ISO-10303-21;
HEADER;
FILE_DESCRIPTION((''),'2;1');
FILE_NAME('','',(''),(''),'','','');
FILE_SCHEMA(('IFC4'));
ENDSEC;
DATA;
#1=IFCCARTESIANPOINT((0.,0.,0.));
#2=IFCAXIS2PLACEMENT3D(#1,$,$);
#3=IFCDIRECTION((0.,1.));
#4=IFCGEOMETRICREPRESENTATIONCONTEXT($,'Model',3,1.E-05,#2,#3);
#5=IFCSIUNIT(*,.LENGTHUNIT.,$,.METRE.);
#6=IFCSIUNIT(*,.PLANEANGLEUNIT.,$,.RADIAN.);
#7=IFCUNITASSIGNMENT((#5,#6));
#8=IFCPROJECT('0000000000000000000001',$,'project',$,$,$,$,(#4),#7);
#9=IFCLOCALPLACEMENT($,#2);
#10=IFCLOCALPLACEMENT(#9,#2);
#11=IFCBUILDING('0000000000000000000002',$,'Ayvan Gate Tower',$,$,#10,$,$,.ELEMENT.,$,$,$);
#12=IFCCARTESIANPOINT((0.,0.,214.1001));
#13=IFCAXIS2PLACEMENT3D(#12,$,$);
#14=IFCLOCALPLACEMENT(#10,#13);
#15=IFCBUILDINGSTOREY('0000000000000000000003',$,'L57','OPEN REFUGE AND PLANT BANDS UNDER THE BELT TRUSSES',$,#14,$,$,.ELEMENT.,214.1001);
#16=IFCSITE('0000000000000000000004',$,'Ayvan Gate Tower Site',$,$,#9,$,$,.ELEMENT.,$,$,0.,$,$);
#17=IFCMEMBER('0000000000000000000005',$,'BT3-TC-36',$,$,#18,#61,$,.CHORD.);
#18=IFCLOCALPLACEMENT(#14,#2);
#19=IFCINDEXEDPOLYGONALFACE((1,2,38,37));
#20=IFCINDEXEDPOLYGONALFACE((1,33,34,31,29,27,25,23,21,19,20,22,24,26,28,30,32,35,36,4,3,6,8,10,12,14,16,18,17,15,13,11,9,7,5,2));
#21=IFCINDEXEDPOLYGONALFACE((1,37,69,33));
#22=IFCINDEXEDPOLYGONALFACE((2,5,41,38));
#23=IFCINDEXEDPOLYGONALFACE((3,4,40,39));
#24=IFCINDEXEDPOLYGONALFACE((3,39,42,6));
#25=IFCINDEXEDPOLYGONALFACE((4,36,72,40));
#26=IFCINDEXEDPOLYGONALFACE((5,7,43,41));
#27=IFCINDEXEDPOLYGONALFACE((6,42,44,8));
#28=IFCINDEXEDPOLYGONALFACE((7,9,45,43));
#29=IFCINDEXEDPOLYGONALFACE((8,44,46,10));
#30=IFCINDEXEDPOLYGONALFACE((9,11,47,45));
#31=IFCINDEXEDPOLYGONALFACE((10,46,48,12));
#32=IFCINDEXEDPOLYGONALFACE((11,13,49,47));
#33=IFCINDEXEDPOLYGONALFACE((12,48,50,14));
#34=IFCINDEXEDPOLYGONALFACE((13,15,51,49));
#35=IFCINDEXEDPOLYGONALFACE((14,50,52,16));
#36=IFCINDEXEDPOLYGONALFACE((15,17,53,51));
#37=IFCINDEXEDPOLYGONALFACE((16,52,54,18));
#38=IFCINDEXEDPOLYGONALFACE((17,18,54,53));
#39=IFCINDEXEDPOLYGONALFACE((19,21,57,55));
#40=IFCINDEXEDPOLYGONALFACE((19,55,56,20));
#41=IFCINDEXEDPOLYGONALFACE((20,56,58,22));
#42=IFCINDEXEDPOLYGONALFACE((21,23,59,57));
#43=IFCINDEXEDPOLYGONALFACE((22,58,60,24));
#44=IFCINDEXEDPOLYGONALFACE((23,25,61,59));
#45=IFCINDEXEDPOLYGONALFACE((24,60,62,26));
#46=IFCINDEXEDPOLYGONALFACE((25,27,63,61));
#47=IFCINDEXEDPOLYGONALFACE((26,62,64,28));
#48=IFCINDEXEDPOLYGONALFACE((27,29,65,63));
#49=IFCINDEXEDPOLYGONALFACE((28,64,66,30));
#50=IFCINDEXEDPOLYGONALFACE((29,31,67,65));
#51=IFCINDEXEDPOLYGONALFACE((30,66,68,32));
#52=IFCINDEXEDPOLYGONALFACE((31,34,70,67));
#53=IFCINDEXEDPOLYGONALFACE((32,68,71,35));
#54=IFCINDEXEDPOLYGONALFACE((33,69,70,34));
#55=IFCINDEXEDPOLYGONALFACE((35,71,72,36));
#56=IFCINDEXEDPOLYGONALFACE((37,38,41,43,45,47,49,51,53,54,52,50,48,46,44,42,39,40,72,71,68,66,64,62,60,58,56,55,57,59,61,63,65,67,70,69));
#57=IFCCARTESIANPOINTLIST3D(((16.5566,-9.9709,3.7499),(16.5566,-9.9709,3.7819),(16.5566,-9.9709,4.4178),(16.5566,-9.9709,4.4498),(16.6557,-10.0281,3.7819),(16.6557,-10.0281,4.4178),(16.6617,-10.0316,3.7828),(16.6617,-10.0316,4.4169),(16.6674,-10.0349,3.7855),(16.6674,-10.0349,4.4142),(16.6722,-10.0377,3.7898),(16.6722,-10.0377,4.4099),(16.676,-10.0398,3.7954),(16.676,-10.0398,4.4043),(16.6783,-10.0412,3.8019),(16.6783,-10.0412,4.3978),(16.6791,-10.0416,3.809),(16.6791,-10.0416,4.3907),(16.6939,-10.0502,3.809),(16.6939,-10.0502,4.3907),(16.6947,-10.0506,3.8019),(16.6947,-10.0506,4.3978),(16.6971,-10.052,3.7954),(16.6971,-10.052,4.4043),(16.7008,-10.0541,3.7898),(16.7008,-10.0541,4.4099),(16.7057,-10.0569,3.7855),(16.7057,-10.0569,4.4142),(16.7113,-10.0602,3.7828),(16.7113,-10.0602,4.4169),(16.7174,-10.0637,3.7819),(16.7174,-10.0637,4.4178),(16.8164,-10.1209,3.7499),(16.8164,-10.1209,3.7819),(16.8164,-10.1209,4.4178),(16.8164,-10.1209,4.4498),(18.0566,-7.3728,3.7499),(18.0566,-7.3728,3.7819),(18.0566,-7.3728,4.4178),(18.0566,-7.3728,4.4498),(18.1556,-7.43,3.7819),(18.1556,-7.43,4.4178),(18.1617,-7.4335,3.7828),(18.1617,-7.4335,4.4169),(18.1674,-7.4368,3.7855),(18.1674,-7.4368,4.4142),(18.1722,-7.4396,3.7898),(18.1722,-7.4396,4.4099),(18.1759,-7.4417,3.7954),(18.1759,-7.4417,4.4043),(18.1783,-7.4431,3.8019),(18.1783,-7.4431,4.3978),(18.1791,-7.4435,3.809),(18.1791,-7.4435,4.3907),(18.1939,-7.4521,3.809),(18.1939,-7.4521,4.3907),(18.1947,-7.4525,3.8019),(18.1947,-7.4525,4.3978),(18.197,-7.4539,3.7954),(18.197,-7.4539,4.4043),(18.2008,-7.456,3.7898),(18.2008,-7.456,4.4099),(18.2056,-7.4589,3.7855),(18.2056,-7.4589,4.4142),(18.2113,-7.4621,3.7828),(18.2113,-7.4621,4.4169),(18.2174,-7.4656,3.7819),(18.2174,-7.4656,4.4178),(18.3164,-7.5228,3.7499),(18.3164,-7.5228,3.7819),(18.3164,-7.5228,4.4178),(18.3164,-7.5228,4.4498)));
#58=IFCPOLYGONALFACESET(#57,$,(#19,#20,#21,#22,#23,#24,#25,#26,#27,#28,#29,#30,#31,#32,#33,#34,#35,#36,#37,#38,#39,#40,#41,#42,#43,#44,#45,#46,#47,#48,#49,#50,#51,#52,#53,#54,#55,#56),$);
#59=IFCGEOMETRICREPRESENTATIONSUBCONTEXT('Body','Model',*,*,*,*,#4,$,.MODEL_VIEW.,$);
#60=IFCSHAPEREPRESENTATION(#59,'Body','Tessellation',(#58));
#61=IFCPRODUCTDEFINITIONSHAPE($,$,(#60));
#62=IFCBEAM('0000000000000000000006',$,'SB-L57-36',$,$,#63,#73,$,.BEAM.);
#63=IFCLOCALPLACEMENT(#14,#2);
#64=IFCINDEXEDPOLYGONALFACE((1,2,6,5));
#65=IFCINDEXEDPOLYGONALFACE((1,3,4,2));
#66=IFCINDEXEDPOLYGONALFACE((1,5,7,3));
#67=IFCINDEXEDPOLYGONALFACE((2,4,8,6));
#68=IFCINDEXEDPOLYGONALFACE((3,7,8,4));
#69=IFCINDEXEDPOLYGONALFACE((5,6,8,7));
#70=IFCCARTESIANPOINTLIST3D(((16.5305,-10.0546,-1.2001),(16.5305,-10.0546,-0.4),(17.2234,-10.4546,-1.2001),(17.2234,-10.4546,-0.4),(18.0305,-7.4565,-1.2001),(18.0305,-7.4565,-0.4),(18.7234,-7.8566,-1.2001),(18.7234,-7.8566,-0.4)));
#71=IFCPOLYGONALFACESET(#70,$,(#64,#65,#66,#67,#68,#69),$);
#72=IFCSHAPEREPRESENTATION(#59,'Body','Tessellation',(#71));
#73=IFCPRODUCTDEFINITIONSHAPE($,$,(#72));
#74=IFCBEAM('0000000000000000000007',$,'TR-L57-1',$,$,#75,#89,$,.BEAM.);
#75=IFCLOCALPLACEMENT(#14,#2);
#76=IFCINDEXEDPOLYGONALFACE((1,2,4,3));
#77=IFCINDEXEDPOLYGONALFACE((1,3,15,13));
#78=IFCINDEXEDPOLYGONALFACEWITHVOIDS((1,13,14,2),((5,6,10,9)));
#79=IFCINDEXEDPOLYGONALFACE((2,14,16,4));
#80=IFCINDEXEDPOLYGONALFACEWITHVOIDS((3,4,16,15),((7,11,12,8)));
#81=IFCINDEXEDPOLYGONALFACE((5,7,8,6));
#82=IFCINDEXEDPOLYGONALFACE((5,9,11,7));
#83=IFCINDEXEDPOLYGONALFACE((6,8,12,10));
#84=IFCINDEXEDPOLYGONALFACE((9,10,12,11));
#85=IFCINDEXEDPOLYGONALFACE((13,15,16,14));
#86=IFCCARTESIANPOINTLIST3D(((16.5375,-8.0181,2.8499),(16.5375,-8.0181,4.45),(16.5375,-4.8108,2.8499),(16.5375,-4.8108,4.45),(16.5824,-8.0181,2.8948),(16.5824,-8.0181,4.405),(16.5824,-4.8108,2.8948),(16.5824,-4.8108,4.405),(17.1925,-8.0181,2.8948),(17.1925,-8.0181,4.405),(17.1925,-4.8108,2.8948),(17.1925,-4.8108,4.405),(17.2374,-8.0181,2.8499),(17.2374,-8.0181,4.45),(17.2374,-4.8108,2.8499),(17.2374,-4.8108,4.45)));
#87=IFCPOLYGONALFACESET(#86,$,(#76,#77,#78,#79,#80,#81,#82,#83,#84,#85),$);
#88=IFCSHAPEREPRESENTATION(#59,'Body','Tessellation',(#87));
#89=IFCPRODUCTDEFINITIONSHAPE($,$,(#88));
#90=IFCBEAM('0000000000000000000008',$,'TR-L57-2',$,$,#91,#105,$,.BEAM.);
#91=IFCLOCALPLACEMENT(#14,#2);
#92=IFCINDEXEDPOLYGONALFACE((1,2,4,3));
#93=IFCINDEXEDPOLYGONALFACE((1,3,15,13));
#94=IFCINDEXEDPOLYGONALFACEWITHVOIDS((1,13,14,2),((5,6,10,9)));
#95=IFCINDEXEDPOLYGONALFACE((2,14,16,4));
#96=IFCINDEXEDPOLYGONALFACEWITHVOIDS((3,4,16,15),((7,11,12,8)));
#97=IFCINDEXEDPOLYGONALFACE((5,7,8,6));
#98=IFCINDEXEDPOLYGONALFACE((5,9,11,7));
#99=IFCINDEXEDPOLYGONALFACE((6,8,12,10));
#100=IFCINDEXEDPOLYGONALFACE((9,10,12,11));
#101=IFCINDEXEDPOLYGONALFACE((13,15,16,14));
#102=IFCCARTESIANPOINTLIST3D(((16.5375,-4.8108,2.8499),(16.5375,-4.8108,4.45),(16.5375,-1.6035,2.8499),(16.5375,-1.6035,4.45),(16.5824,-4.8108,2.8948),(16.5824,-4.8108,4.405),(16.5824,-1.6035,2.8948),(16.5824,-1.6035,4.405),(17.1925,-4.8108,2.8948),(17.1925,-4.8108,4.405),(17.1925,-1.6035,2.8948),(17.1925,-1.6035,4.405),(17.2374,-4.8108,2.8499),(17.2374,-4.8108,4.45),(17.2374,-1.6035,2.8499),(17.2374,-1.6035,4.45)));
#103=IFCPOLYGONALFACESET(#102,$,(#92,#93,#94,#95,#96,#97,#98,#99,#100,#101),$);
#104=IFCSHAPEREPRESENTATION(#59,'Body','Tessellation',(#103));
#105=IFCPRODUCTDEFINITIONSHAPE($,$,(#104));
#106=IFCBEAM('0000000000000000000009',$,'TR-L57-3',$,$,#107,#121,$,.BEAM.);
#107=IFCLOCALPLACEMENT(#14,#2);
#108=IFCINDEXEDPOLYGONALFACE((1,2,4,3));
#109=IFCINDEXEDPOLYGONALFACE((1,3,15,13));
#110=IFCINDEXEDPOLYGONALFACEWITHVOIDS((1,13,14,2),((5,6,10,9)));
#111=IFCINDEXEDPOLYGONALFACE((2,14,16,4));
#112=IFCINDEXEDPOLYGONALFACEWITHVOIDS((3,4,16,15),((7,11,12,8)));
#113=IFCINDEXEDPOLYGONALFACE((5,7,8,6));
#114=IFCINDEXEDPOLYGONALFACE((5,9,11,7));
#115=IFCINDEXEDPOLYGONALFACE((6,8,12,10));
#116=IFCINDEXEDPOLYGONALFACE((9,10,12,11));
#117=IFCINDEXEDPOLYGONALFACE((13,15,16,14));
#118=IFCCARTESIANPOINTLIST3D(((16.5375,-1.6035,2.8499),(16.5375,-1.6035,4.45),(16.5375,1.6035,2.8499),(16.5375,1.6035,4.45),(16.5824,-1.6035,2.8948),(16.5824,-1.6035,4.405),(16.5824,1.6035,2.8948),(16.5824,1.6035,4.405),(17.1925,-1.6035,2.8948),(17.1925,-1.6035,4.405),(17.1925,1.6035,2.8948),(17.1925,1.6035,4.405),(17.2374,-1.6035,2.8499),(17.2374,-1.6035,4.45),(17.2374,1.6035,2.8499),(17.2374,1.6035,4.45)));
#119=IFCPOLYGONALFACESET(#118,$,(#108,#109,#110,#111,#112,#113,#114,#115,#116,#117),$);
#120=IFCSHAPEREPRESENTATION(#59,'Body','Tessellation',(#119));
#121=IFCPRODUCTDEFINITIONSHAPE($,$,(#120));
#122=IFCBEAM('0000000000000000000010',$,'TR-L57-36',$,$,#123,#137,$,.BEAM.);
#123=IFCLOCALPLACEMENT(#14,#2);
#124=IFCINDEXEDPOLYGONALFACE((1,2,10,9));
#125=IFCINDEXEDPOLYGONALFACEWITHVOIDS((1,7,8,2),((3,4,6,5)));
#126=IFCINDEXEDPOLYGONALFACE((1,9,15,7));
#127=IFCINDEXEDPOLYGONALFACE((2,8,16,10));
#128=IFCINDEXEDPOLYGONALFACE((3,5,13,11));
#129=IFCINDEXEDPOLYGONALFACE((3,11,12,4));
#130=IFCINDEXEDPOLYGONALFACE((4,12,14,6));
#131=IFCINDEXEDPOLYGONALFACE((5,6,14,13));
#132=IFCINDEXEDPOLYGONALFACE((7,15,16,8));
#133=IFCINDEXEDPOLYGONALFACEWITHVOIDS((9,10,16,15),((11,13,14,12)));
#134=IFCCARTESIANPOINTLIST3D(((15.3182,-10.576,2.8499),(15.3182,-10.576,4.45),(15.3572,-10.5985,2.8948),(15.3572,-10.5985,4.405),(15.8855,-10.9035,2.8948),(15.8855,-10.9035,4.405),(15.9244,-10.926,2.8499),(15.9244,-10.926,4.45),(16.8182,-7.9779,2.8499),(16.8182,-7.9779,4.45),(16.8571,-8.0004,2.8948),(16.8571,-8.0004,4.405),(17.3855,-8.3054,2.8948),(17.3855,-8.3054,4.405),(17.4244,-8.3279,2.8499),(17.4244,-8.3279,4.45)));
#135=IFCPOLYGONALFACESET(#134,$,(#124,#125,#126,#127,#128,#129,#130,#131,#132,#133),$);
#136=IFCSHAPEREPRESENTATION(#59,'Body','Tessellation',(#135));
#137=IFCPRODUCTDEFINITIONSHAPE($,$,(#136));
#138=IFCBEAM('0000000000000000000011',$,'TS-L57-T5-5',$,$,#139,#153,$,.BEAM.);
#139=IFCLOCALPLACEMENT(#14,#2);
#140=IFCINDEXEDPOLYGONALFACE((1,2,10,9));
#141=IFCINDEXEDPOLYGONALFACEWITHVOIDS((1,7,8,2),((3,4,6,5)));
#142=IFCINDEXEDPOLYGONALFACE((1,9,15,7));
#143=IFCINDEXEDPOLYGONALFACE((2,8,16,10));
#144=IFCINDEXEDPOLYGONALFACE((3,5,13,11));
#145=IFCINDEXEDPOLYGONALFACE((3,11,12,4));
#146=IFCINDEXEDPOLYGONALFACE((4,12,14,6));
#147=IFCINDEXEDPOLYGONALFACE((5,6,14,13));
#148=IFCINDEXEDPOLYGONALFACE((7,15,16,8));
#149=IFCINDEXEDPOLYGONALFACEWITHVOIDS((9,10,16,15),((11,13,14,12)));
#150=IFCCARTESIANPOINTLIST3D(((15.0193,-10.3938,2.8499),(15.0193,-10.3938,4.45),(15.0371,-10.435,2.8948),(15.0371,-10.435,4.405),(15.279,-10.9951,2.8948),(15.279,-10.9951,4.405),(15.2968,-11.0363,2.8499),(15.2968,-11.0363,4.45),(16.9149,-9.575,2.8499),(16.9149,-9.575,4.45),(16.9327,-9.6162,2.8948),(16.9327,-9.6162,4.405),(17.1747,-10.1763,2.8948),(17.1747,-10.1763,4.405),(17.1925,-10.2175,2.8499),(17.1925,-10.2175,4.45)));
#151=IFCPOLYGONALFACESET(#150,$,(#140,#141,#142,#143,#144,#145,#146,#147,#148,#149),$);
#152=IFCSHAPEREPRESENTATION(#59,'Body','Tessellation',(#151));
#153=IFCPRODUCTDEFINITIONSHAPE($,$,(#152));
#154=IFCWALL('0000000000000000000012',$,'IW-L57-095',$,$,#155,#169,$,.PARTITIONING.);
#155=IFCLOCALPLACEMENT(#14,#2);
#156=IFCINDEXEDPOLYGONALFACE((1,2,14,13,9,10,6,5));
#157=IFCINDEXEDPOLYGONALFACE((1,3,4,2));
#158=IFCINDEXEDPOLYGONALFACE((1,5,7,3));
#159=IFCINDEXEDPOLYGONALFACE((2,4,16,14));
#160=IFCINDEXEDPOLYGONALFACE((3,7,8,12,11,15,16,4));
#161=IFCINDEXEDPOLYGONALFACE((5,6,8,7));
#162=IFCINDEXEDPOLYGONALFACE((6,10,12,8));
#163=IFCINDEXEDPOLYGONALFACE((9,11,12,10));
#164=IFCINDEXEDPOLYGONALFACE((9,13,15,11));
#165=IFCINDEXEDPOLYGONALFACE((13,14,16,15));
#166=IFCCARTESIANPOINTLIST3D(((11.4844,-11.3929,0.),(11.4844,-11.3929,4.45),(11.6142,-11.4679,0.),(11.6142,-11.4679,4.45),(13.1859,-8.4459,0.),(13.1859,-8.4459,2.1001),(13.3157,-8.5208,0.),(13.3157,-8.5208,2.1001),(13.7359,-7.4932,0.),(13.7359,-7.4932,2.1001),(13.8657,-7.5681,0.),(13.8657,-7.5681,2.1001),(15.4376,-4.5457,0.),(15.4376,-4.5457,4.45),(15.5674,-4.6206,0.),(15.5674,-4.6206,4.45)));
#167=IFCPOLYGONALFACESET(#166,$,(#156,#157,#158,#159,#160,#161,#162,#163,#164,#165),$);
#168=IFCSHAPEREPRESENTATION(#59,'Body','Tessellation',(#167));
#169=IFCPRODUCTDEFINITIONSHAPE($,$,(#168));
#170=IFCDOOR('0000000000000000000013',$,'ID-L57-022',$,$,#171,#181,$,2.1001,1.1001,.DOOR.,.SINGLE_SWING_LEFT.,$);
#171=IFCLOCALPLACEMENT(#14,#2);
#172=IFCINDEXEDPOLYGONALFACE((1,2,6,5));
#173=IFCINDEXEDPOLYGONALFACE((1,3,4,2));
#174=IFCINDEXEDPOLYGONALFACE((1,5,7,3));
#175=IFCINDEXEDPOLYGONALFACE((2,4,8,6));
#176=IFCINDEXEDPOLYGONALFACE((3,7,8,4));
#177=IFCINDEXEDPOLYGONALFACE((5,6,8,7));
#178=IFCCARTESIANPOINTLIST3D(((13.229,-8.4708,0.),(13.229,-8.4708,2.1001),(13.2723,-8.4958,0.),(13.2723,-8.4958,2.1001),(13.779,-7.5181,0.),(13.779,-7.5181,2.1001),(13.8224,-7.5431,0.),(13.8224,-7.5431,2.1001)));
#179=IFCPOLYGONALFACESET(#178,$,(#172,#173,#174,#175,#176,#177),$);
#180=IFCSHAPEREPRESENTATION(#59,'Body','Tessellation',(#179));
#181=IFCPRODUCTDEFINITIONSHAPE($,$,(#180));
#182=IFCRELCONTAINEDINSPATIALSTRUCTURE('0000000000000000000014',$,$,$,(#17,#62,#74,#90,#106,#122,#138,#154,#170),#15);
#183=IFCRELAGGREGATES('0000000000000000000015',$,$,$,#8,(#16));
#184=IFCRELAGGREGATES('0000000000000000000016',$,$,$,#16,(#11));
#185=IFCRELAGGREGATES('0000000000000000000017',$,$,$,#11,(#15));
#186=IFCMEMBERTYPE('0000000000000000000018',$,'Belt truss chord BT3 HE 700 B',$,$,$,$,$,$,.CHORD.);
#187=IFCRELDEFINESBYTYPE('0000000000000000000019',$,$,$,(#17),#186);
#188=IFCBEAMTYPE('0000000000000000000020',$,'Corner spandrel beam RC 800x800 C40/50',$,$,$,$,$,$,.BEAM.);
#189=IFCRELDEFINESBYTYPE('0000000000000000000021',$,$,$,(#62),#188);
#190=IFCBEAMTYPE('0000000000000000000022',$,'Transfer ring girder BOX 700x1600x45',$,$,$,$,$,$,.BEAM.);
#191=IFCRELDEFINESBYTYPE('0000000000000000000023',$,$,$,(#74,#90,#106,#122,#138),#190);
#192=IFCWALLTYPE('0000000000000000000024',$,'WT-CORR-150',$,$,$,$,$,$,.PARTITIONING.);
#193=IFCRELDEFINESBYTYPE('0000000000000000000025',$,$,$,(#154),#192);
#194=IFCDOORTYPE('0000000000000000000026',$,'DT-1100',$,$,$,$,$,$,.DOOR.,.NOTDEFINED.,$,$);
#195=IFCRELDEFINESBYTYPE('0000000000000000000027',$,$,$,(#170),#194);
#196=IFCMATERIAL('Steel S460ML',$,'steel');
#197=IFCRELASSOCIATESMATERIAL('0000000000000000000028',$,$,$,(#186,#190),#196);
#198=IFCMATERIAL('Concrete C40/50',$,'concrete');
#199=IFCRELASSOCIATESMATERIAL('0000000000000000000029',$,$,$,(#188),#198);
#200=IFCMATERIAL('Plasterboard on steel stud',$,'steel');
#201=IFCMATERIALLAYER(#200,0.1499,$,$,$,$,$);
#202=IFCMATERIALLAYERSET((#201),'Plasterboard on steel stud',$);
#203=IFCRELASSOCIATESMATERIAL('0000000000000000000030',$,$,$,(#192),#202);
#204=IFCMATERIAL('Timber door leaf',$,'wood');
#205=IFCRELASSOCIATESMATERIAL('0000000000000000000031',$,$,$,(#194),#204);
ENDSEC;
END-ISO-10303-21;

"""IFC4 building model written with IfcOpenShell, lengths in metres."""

from ifc_helpers import new_model, si_unit, direction, frame, frame_2d, origin, origin_2d, place, context, subcontext, project, spatial, rectangle, hollow_rectangle, i_section, extrude, material, layer, layer_set, material_profile, profile_set, type_object, element, fill, save


model = new_model("IFC4")

# Units and contexts
model_context = context("Model", 3, precision=1e-05, world=origin(), true_north=direction((0.0, 1.0)))
body_context = subcontext(model_context, "Body", "Model", "MODEL_VIEW")
ifc_project = project(units=[si_unit("LENGTHUNIT", "METRE"), si_unit("PLANEANGLEUNIT", "RADIAN")], contexts=[model_context])

# Site, building, storey
site_placement = place(None, origin())
site = spatial("IfcSite", under=ifc_project, at=site_placement, Name="Ayvan Gate Tower Site", CompositionType="ELEMENT", RefElevation=0.0)
building_placement = place(site_placement, origin())
building = spatial("IfcBuilding", under=site, at=building_placement, Name="Ayvan Gate Tower", CompositionType="ELEMENT")
storey_placement = place(building_placement, frame((0.0, 0.0, 214.1001)))
storey = spatial("IfcBuildingStorey", under=building, at=storey_placement, Name="L57", Description="OPEN REFUGE AND PLANT BANDS UNDER THE BELT TRUSSES", CompositionType="ELEMENT", Elevation=214.1001)

# Member
ifc_material_1 = material(Name="Steel S460ML", Category="steel")
ifc_material_profile_1 = material_profile(ifc_material_1, i_section(OverallWidth=0.3, OverallDepth=0.7, WebThickness=0.0171, FlangeThickness=0.032, FilletRadius=0.0271, at=origin_2d()), Name="HE 700 B")
ifc_profile_set_1 = profile_set([ifc_material_profile_1], Name="Steel S460ML")
member_type_1 = type_object("IfcMemberType", Name="Belt truss chord BT3 HE 700 B", PredefinedType="CHORD", material=ifc_profile_set_1)
member_1_placement = place(storey_placement, frame((16.6865, -10.0459, 4.0999), z_axis=(0.49999, 0.866031, 0.0), x_axis=(-0.866031, 0.49999, 0.0)))
element("IfcMember", 1, at=member_1_placement, inside=storey, type_object=member_type_1, Name="BT3-TC-36", PredefinedType="CHORD", context=body_context, shape_type="SweptSolid", body=[
    extrude(i_section(OverallWidth=0.3, OverallDepth=0.7, WebThickness=0.0171, FlangeThickness=0.032, FilletRadius=0.0271, at=origin_2d()), origin(), (0.0, 0.0, 1.0), 3.0),
])

# Beams
ifc_material_2 = material(Name="Concrete C40/50", Category="concrete")
ifc_material_profile_2 = material_profile(ifc_material_2, rectangle(XDim=0.8, YDim=0.8, at=origin_2d()), Name="RC 800x800")
ifc_profile_set_2 = profile_set([ifc_material_profile_2], Name="Concrete C40/50")
beam_type_1 = type_object("IfcBeamType", Name="Corner spandrel beam RC 800x800 C40/50", PredefinedType="BEAM", material=ifc_profile_set_2)
beam_1_placement = place(storey_placement, frame((16.877, -10.2546, -0.8), z_axis=(0.49999, 0.866031, 0.0), x_axis=(-0.866031, 0.49999, 0.0)))
element("IfcBeam", 2, at=beam_1_placement, inside=storey, type_object=beam_type_1, Name="SB-L57-36", PredefinedType="BEAM", context=body_context, shape_type="SweptSolid", body=[
    extrude(rectangle(XDim=0.8, YDim=0.8, at=origin_2d()), origin(), (0.0, 0.0, 1.0), 3.0),
])
ifc_material_profile_3 = material_profile(ifc_material_1, hollow_rectangle(XDim=0.7, YDim=1.6001, WallThickness=0.0449, at=origin_2d()), Name="BOX 700x1600x45")
ifc_profile_set_3 = profile_set([ifc_material_profile_3], Name="Steel S460ML")
beam_type_2 = type_object("IfcBeamType", Name="Transfer ring girder BOX 700x1600x45", PredefinedType="BEAM", material=ifc_profile_set_3)
for number, where, z_axis, x_axis, name in (
    (3, (16.8875, -8.0181, 3.6499), (0.0, 1.0, 0.0), (-1.0, 0.0, 0.0), "TR-L57-1"),
    (4, (16.8875, -4.8108, 3.6499), (0.0, 1.0, 0.0), (-1.0, 0.0, 0.0), "TR-L57-2"),
):
    element("IfcBeam", number, at=place(storey_placement, frame(where, z_axis=z_axis, x_axis=x_axis)), inside=storey, type_object=beam_type_2, Name=name, PredefinedType="BEAM", context=body_context, shape_type="SweptSolid", body=[
        extrude(hollow_rectangle(XDim=0.7, YDim=1.6001, WallThickness=0.0449, at=origin_2d()), origin(), (0.0, 0.0, 1.0), 3.2073),
    ])
beam_2_placement = place(storey_placement, frame((16.8875, -1.6035, 3.6499), z_axis=(0.0, 1.0, 0.0), x_axis=(-1.0, 0.0, 0.0)))
element("IfcBeam", 5, at=beam_2_placement, inside=storey, type_object=beam_type_2, Name="TR-L57-3", PredefinedType="BEAM", context=body_context, shape_type="SweptSolid", body=[
    extrude(hollow_rectangle(XDim=0.7, YDim=1.6001, WallThickness=0.0449, at=origin_2d()), origin(), (0.0, 0.0, 1.0), 3.207),
])
beam_3_placement = place(storey_placement, frame((15.6213, -10.751, 3.6499), z_axis=(0.49999, 0.866031, 0.0), x_axis=(-0.866031, 0.49999, 0.0)))
element("IfcBeam", 6, at=beam_3_placement, inside=storey, type_object=beam_type_2, Name="TR-L57-36", PredefinedType="BEAM", context=body_context, shape_type="SweptSolid", body=[
    extrude(hollow_rectangle(XDim=0.7, YDim=1.6001, WallThickness=0.0449, at=origin_2d()), origin(), (0.0, 0.0, 1.0), 3.0),
])
beam_4_placement = place(storey_placement, frame((17.0537, -9.8962, 3.6499), z_axis=(-0.918022, -0.396529, 0.0), x_axis=(0.396529, -0.918022, 0.0)))
element("IfcBeam", 7, at=beam_4_placement, inside=storey, type_object=beam_type_2, Name="TS-L57-T5-5", PredefinedType="BEAM", context=body_context, shape_type="SweptSolid", body=[
    extrude(hollow_rectangle(XDim=0.7, YDim=1.6001, WallThickness=0.0449, at=origin_2d()), origin(), (0.0, 0.0, 1.0), 2.0649),
])

# Wall, opening, door
ifc_material_3 = material(Name="Plasterboard on steel stud", Category="steel")
ifc_layer_1 = layer(ifc_material_3, 0.1499)
ifc_layer_set_1 = layer_set([ifc_layer_1], Name="Plasterboard on steel stud")
wall_type_1 = type_object("IfcWallType", Name="WT-CORR-150", PredefinedType="PARTITIONING", material=ifc_layer_set_1)
wall_1_placement = place(storey_placement, frame((15.5024, -4.5833, 0.0), z_axis=(0.0, 0.0, 1.0), x_axis=(-0.499992, -0.86603, 0.0)))
wall_1 = element("IfcWall", 8, at=wall_1_placement, inside=storey, type_object=wall_type_1, Name="IW-L57-095", PredefinedType="PARTITIONING", context=body_context, shape_type="SweptSolid", body=[
    extrude(rectangle(XDim=7.9065, YDim=0.1499, at=frame_2d((3.9531, 0.0))), origin(), (0.0, 0.0, 1.0), 4.45),
])
opening_placement = place(wall_1_placement, frame((3.4033, 0.0, 0.0)))
opening = element("IfcOpeningElement", 9, at=opening_placement, cuts=wall_1, PredefinedType="OPENING", context=body_context, shape_type="SweptSolid", body=[
    extrude(rectangle(XDim=1.1001, YDim=2.1001, at=frame_2d((0.55, 1.05))), frame((0.0, 0.085, 0.0), z_axis=(0.0, -1.0, 0.0), x_axis=(1.0, 0.0, 0.0)), (0.0, 0.0, 1.0), 0.1699),
])
ifc_material_4 = material(Name="Timber door leaf", Category="wood")
door_type = type_object("IfcDoorType", Name="DT-1100", OperationType="NOTDEFINED", PredefinedType="DOOR", material=ifc_material_4)
door_placement = place(opening_placement, origin())
door = element("IfcDoor", 10, at=door_placement, inside=storey, type_object=door_type, Name="ID-L57-022", OperationType="SINGLE_SWING_LEFT", OverallHeight=2.1001, OverallWidth=1.1001, PredefinedType="DOOR", context=body_context, shape_type="SweptSolid", body=[
    extrude(rectangle(XDim=1.1001, YDim=2.1001, at=frame_2d((0.55, 1.05))), frame((0.0, 0.0249, 0.0), z_axis=(0.0, -1.0, 0.0), x_axis=(1.0, 0.0, 0.0)), (0.0, 0.0, 1.0), 0.05),
])
fill(opening, door)

save(model, "model.ifc")
